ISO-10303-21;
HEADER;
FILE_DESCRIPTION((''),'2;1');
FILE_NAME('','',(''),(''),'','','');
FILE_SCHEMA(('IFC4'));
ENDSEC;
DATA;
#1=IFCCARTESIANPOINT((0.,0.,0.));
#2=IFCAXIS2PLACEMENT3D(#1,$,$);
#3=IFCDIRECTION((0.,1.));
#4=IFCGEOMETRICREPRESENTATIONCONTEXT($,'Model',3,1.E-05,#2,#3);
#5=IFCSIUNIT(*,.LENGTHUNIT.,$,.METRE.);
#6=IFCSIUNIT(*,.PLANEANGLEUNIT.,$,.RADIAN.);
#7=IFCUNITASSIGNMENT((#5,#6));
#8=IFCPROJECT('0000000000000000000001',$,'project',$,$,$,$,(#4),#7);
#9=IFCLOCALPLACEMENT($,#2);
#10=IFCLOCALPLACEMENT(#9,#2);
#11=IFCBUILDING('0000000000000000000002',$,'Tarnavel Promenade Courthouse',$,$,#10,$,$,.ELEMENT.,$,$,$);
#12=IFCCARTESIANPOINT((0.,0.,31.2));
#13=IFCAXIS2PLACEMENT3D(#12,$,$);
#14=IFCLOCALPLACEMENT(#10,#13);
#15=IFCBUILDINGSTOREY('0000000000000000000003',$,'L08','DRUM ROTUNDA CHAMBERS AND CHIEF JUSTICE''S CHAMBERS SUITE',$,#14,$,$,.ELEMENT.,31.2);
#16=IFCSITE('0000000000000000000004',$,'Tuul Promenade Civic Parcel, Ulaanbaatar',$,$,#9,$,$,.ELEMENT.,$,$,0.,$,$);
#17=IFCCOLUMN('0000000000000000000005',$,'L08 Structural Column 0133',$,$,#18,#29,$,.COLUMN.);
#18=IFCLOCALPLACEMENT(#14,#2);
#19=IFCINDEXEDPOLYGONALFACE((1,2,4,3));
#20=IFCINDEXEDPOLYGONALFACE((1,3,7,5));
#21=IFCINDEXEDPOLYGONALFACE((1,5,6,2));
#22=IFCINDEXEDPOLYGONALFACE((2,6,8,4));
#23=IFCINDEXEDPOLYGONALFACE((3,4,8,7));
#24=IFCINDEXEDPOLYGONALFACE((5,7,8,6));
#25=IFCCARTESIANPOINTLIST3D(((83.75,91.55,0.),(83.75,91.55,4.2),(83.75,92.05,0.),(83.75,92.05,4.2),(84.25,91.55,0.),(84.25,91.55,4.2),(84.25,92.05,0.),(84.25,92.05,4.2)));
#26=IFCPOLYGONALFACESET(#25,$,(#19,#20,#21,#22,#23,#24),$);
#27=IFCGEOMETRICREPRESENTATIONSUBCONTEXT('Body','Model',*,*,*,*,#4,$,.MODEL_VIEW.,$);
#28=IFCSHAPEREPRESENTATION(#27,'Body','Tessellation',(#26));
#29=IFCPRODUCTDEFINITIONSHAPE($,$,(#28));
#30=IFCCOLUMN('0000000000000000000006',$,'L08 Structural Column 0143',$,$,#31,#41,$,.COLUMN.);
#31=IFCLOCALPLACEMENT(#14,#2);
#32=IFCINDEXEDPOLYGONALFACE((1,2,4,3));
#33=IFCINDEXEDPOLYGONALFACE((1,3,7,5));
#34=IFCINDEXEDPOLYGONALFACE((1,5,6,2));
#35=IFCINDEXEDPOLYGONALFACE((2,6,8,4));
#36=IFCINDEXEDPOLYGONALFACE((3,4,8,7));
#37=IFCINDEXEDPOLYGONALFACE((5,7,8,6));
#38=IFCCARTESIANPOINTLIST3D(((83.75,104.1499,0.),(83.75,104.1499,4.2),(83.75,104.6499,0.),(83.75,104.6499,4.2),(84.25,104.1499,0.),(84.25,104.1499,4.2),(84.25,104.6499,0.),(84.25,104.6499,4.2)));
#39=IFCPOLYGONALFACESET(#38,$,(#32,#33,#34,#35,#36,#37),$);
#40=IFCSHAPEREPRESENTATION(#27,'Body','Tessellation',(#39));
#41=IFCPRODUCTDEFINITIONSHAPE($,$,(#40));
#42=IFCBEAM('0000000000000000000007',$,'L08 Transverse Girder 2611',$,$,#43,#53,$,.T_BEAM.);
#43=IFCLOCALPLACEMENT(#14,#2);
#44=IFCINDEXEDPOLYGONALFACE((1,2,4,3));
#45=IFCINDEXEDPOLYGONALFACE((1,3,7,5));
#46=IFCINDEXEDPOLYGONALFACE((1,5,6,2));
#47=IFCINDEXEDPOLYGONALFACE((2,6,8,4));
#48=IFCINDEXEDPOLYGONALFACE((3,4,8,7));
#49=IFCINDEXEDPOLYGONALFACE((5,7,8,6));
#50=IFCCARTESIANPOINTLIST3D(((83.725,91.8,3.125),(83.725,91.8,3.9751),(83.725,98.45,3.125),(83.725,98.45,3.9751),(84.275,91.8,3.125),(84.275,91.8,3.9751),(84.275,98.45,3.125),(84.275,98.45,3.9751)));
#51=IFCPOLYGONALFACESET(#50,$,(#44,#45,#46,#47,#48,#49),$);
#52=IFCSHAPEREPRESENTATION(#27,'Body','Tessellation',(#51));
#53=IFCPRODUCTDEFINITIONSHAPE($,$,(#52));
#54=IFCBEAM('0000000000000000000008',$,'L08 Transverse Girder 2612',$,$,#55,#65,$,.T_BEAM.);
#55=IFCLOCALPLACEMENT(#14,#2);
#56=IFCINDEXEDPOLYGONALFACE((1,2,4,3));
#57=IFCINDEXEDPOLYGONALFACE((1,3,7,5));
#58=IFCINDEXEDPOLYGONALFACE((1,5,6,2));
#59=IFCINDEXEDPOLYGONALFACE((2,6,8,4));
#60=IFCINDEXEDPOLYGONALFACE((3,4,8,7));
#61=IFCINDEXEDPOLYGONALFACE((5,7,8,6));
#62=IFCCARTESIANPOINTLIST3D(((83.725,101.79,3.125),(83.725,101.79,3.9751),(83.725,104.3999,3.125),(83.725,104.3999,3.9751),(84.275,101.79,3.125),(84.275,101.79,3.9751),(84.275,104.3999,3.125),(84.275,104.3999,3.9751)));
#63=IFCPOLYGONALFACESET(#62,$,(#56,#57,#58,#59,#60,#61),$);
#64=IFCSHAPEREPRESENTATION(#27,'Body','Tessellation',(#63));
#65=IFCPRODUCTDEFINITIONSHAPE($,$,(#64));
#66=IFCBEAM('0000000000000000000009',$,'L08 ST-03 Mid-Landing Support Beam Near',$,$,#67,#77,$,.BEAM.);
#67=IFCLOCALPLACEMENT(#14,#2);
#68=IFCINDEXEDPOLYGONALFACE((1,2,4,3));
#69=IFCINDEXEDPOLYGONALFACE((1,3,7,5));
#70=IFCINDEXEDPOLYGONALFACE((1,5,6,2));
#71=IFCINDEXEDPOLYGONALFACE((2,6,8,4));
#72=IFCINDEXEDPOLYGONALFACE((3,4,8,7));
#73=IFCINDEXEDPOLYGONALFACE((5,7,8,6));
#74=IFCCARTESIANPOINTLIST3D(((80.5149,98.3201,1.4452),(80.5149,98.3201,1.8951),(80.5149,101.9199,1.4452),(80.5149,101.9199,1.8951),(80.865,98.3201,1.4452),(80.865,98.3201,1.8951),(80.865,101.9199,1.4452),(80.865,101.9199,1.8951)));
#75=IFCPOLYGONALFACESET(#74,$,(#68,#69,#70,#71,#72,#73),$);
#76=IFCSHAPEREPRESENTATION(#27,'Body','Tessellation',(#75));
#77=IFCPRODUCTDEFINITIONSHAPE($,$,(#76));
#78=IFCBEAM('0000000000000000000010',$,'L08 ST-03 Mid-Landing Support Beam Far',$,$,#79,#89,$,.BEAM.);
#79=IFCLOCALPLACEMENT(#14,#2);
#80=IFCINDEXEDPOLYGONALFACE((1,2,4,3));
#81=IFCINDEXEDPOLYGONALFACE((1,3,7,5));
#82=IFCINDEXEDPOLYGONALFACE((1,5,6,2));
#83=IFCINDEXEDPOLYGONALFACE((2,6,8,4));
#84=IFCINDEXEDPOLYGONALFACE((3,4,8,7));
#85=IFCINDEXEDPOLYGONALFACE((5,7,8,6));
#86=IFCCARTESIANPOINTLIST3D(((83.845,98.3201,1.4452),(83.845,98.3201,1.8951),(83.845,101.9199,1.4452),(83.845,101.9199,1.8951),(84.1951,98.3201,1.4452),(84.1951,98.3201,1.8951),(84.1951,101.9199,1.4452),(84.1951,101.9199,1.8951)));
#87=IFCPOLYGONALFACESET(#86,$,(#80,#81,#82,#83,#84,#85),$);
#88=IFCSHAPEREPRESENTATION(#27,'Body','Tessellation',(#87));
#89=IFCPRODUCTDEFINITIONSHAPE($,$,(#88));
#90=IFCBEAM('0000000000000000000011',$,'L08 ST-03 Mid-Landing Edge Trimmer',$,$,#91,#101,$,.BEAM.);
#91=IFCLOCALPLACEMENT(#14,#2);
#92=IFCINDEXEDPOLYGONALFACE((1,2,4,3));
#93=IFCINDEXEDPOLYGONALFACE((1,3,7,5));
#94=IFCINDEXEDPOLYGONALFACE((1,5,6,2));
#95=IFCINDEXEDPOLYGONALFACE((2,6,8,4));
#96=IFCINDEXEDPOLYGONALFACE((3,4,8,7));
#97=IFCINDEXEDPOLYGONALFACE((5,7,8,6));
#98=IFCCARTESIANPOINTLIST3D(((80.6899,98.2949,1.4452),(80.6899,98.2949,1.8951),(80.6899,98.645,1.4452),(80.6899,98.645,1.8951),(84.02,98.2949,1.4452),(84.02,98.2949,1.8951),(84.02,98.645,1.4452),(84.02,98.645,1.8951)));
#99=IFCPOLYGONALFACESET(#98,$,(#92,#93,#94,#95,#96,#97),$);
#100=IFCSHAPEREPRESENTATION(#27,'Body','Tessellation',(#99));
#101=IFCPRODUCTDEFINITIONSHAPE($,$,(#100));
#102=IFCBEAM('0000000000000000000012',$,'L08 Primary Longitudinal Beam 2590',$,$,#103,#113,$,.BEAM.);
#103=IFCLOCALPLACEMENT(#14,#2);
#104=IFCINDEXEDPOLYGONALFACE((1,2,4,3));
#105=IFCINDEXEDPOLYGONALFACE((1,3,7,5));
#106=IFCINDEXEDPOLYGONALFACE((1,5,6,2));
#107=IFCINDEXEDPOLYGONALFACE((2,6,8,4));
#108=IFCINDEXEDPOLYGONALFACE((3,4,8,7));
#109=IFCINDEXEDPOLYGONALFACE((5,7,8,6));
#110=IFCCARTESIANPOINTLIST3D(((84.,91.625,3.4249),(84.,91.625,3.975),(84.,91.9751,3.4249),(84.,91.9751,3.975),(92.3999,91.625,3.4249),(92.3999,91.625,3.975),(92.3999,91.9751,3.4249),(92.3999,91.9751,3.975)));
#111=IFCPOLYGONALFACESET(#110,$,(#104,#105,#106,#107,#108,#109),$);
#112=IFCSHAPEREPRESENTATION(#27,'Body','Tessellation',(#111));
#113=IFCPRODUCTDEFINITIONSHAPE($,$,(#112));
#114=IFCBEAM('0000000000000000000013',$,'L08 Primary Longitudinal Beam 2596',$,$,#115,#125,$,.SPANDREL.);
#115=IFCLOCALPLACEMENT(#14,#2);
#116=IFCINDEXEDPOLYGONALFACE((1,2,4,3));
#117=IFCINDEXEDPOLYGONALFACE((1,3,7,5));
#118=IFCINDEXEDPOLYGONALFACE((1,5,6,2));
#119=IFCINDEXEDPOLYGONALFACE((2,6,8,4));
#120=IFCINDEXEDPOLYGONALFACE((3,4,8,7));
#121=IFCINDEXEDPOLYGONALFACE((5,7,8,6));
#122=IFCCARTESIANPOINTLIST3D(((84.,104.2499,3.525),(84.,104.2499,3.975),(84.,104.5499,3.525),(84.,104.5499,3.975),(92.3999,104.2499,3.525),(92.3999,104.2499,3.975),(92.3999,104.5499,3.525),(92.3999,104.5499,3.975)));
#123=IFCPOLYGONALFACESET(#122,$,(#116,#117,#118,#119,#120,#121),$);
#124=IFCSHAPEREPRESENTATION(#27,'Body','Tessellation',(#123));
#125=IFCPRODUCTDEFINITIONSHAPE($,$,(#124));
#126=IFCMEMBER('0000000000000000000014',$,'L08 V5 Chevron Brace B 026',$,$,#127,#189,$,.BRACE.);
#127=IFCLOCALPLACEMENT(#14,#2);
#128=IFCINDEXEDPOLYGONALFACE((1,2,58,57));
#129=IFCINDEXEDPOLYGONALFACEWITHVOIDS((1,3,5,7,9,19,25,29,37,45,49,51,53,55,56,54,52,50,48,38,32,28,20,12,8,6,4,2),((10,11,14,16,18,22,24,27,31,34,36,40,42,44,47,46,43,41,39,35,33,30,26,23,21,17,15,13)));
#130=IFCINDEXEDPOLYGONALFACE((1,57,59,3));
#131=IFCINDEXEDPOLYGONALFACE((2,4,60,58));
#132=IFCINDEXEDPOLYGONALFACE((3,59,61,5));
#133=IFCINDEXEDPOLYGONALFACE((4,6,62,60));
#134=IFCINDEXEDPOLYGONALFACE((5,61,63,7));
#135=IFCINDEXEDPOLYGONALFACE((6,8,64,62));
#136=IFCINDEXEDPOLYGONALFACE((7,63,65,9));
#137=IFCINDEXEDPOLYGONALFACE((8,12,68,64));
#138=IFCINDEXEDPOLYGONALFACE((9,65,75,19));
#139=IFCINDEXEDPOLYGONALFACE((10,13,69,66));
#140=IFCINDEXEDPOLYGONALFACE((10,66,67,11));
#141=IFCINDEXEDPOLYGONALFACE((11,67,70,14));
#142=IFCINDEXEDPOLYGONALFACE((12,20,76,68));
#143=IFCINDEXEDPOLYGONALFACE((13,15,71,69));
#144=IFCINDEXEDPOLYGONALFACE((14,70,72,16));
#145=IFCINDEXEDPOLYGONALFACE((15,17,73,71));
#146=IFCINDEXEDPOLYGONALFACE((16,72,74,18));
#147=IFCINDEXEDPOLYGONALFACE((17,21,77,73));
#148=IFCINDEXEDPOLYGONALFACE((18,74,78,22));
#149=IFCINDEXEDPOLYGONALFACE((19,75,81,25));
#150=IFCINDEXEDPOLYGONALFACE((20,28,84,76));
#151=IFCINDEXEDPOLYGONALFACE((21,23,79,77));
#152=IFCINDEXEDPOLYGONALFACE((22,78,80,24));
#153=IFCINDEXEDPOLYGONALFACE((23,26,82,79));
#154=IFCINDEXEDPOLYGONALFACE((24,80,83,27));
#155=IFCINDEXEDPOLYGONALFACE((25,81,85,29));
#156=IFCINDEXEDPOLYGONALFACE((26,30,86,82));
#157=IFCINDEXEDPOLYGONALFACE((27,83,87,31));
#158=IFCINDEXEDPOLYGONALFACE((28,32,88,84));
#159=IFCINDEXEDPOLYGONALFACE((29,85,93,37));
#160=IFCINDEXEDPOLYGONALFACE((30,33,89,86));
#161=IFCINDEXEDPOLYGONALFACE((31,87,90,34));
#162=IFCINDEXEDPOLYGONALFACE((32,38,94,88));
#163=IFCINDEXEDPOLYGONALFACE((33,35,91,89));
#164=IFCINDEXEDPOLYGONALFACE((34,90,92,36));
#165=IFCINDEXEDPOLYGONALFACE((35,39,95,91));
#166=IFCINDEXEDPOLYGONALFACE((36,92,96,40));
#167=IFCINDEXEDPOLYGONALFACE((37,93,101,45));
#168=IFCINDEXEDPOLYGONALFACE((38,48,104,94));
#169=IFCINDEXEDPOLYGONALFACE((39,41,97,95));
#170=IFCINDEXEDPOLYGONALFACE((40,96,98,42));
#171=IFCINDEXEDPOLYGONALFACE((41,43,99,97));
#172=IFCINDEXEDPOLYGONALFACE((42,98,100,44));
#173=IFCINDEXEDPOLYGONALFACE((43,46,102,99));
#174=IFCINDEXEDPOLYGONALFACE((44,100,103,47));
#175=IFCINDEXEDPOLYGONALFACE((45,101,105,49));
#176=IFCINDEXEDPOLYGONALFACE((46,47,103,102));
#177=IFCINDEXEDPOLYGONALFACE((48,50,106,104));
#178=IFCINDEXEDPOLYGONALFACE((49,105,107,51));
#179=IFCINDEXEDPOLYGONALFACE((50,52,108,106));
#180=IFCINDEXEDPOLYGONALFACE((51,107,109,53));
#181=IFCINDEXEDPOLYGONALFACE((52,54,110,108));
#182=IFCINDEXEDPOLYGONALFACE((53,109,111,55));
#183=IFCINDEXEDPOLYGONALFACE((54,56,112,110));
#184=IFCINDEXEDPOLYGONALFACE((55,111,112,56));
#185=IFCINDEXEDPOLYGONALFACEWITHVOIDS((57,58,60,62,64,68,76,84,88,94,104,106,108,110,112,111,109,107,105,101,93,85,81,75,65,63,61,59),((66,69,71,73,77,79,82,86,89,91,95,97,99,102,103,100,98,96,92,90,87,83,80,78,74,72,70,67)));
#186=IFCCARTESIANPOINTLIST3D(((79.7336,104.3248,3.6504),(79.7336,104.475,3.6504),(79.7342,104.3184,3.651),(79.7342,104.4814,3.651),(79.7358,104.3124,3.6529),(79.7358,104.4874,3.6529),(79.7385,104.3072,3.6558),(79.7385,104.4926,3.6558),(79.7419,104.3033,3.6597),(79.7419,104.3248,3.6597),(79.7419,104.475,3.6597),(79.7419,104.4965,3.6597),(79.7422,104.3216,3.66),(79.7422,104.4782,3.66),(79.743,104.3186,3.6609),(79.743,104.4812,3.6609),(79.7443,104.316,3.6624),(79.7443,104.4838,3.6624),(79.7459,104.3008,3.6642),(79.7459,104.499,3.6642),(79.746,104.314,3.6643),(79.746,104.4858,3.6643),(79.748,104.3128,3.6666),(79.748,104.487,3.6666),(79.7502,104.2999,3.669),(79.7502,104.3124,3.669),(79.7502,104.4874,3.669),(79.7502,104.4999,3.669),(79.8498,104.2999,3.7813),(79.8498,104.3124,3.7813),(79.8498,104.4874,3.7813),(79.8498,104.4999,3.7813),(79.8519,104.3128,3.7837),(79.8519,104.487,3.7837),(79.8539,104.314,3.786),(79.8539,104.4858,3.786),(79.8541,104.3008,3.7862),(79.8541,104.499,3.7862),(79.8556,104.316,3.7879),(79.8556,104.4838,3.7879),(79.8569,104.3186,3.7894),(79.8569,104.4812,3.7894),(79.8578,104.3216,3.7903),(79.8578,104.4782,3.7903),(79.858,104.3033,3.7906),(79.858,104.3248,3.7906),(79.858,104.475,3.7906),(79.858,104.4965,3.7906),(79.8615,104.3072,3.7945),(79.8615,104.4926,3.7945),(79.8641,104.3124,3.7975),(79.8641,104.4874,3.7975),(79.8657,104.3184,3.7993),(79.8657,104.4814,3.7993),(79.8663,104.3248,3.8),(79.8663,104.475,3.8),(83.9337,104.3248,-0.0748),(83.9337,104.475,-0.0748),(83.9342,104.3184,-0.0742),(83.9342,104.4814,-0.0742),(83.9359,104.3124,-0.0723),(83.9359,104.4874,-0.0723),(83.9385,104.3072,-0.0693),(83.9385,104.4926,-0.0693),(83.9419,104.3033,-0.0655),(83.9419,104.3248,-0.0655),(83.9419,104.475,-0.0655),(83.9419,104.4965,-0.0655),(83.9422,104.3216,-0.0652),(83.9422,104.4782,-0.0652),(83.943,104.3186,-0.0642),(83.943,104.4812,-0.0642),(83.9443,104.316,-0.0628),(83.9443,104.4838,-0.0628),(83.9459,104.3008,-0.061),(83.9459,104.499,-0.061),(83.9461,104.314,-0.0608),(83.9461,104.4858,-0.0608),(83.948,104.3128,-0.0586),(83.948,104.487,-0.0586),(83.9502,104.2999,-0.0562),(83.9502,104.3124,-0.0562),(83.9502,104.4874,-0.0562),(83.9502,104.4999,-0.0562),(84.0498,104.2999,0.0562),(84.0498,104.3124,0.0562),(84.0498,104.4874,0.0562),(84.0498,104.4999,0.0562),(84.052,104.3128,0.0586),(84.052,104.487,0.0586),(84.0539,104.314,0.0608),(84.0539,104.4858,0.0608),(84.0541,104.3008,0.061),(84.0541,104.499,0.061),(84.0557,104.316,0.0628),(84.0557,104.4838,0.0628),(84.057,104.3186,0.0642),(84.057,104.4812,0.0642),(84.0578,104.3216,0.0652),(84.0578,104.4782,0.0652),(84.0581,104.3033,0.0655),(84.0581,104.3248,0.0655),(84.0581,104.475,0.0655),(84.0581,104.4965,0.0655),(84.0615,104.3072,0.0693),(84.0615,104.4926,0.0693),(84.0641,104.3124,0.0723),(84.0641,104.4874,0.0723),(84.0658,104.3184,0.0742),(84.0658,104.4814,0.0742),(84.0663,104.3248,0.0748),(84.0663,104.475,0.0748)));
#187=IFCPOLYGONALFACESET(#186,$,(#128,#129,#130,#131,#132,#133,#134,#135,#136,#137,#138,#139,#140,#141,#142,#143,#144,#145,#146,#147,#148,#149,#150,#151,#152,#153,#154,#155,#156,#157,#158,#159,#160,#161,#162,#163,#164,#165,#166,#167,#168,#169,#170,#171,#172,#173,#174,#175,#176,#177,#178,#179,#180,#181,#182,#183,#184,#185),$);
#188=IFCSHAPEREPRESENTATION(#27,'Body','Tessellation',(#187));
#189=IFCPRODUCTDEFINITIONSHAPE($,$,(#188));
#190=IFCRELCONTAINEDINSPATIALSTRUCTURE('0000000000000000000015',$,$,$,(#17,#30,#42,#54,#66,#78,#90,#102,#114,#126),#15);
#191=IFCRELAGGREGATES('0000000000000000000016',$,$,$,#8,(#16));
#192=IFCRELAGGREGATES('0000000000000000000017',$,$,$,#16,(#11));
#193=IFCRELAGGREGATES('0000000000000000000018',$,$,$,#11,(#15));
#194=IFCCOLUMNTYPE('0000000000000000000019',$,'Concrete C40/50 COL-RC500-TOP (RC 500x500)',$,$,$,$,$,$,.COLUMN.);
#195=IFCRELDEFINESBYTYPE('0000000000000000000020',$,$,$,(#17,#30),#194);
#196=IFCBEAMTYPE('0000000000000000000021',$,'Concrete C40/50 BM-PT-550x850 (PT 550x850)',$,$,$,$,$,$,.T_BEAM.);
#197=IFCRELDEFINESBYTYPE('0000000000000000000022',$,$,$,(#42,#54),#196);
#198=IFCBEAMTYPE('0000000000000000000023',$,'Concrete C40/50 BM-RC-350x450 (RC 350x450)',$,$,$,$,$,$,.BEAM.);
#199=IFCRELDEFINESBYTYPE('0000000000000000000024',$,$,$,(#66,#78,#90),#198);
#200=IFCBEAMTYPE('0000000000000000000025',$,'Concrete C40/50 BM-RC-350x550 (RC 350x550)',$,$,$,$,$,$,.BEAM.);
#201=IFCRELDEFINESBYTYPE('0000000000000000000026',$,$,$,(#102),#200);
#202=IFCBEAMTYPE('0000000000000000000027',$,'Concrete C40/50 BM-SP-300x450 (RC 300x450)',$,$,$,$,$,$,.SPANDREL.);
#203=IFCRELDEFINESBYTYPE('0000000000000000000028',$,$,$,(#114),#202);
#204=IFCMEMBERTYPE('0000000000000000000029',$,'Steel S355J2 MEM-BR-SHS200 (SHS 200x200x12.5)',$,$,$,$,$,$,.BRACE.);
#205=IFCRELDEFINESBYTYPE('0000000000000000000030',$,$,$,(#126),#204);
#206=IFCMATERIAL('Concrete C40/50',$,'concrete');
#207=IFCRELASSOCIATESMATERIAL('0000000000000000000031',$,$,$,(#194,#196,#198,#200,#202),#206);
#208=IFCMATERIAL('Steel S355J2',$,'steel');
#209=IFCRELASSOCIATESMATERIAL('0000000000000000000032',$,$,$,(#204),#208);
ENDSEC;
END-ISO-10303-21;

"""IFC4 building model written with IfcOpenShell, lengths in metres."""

from ifc_helpers import new_model, si_unit, direction, frame, origin, origin_2d, place, context, subcontext, project, spatial, rectangle, hollow_rectangle, extrude, material, material_profile, profile_set, type_object, element, save


model = new_model("IFC4")

# Units and contexts
model_context = context("Model", 3, precision=1e-05, world=origin(), true_north=direction((0.0, 1.0)))
body_context = subcontext(model_context, "Body", "Model", "MODEL_VIEW")
ifc_project = project(units=[si_unit("LENGTHUNIT", "METRE"), si_unit("PLANEANGLEUNIT", "RADIAN")], contexts=[model_context])

# Site, building, storey
site_placement = place(None, origin())
site = spatial("IfcSite", under=ifc_project, at=site_placement, Name="Tuul Promenade Civic Parcel, Ulaanbaatar", CompositionType="ELEMENT", RefElevation=0.0)
building_placement = place(site_placement, origin())
building = spatial("IfcBuilding", under=site, at=building_placement, Name="Tarnavel Promenade Courthouse", CompositionType="ELEMENT")
storey_placement = place(building_placement, frame((0.0, 0.0, 31.2)))
storey = spatial("IfcBuildingStorey", under=building, at=storey_placement, Name="L08", Description="DRUM ROTUNDA CHAMBERS AND CHIEF JUSTICE'S CHAMBERS SUITE", CompositionType="ELEMENT", Elevation=31.2)

# Columns
ifc_material_1 = material(Name="Concrete C40/50", Category="concrete")
ifc_material_profile_1 = material_profile(ifc_material_1, rectangle(XDim=0.5, YDim=0.5, at=origin_2d()), Name="RC 500x500")
ifc_profile_set_1 = profile_set([ifc_material_profile_1], Name="Concrete C40/50")
column_type = type_object("IfcColumnType", Name="Concrete C40/50 COL-RC500-TOP (RC 500x500)", PredefinedType="COLUMN", material=ifc_profile_set_1)
for number, where, z_axis, x_axis, name in (
    (1, (84.0, 91.8, 0.0), (0.0, 0.0, 1.0), (1.0, 0.0, 0.0), "L08 Structural Column 0133"),
    (2, (84.0, 104.3999, 0.0), (0.0, 0.0, 1.0), (1.0, 0.0, 0.0), "L08 Structural Column 0143"),
):
    element("IfcColumn", number, at=place(storey_placement, frame(where, z_axis=z_axis, x_axis=x_axis)), inside=storey, type_object=column_type, Name=name, PredefinedType="COLUMN", context=body_context, shape_type="SweptSolid", body=[
        extrude(rectangle(XDim=0.5, YDim=0.5, at=origin_2d()), origin(), (0.0, 0.0, 1.0), 4.2),
    ])

# Beams
ifc_material_profile_2 = material_profile(ifc_material_1, rectangle(XDim=0.55, YDim=0.8501, at=origin_2d()), Name="PT 550x850")
ifc_profile_set_2 = profile_set([ifc_material_profile_2], Name="Concrete C40/50")
beam_type_1 = type_object("IfcBeamType", Name="Concrete C40/50 BM-PT-550x850 (PT 550x850)", PredefinedType="T_BEAM", material=ifc_profile_set_2)
beam_1_placement = place(storey_placement, frame((84.0, 91.8, 3.55), z_axis=(0.0, 1.0, 0.0), x_axis=(-1.0, 0.0, 0.0)))
element("IfcBeam", 3, at=beam_1_placement, inside=storey, type_object=beam_type_1, Name="L08 Transverse Girder 2611", PredefinedType="T_BEAM", context=body_context, shape_type="SweptSolid", body=[
    extrude(rectangle(XDim=0.55, YDim=0.8501, at=origin_2d()), origin(), (0.0, 0.0, 1.0), 6.6499),
])
beam_2_placement = place(storey_placement, frame((84.0, 101.79, 3.55), z_axis=(0.0, 1.0, 0.0), x_axis=(-1.0, 0.0, 0.0)))
element("IfcBeam", 4, at=beam_2_placement, inside=storey, type_object=beam_type_1, Name="L08 Transverse Girder 2612", PredefinedType="T_BEAM", context=body_context, shape_type="SweptSolid", body=[
    extrude(rectangle(XDim=0.55, YDim=0.8501, at=origin_2d()), origin(), (0.0, 0.0, 1.0), 2.6099),
])
ifc_material_profile_3 = material_profile(ifc_material_1, rectangle(XDim=0.3501, YDim=0.45, at=origin_2d()), Name="RC 350x450")
ifc_profile_set_3 = profile_set([ifc_material_profile_3], Name="Concrete C40/50")
beam_type_2 = type_object("IfcBeamType", Name="Concrete C40/50 BM-RC-350x450 (RC 350x450)", PredefinedType="BEAM", material=ifc_profile_set_3)
for number, where, z_axis, x_axis, name in (
    (5, (80.6899, 98.3201, 1.6702), (0.0, 1.0, 0.0), (-1.0, 0.0, 0.0), "L08 ST-03 Mid-Landing Support Beam Near"),
    (6, (84.02, 98.3201, 1.6702), (0.0, 1.0, 0.0), (-1.0, 0.0, 0.0), "L08 ST-03 Mid-Landing Support Beam Far"),
):
    element("IfcBeam", number, at=place(storey_placement, frame(where, z_axis=z_axis, x_axis=x_axis)), inside=storey, type_object=beam_type_2, Name=name, PredefinedType="BEAM", context=body_context, shape_type="SweptSolid", body=[
        extrude(rectangle(XDim=0.3501, YDim=0.45, at=origin_2d()), origin(), (0.0, 0.0, 1.0), 3.5999),
    ])
beam_3_placement = place(storey_placement, frame((80.6899, 98.47, 1.6702), z_axis=(1.0, 0.0, 0.0), x_axis=(0.0, 1.0, 0.0)))
element("IfcBeam", 7, at=beam_3_placement, inside=storey, type_object=beam_type_2, Name="L08 ST-03 Mid-Landing Edge Trimmer", PredefinedType="BEAM", context=body_context, shape_type="SweptSolid", body=[
    extrude(rectangle(XDim=0.3501, YDim=0.45, at=origin_2d()), origin(), (0.0, 0.0, 1.0), 3.3301),
])
ifc_material_profile_4 = material_profile(ifc_material_1, rectangle(XDim=0.3501, YDim=0.55, at=origin_2d()), Name="RC 350x550")
ifc_profile_set_4 = profile_set([ifc_material_profile_4], Name="Concrete C40/50")
beam_type_3 = type_object("IfcBeamType", Name="Concrete C40/50 BM-RC-350x550 (RC 350x550)", PredefinedType="BEAM", material=ifc_profile_set_4)
beam_4_placement = place(storey_placement, frame((84.0, 91.8, 3.7), z_axis=(1.0, 0.0, 0.0), x_axis=(0.0, 1.0, 0.0)))
element("IfcBeam", 8, at=beam_4_placement, inside=storey, type_object=beam_type_3, Name="L08 Primary Longitudinal Beam 2590", PredefinedType="BEAM", context=body_context, shape_type="SweptSolid", body=[
    extrude(rectangle(XDim=0.3501, YDim=0.55, at=origin_2d()), origin(), (0.0, 0.0, 1.0), 8.3999),
])
ifc_material_profile_5 = material_profile(ifc_material_1, rectangle(XDim=0.3, YDim=0.45, at=origin_2d()), Name="RC 300x450")
ifc_profile_set_5 = profile_set([ifc_material_profile_5], Name="Concrete C40/50")
beam_type_4 = type_object("IfcBeamType", Name="Concrete C40/50 BM-SP-300x450 (RC 300x450)", PredefinedType="SPANDREL", material=ifc_profile_set_5)
beam_5_placement = place(storey_placement, frame((84.0, 104.3999, 3.75), z_axis=(1.0, 0.0, 0.0), x_axis=(0.0, 1.0, 0.0)))
element("IfcBeam", 9, at=beam_5_placement, inside=storey, type_object=beam_type_4, Name="L08 Primary Longitudinal Beam 2596", PredefinedType="SPANDREL", context=body_context, shape_type="SweptSolid", body=[
    extrude(rectangle(XDim=0.3, YDim=0.45, at=origin_2d()), origin(), (0.0, 0.0, 1.0), 8.3999),
])

# Member
ifc_material_2 = material(Name="Steel S355J2", Category="steel")
ifc_material_profile_6 = material_profile(ifc_material_2, hollow_rectangle(XDim=0.2, YDim=0.2, WallThickness=0.0125, InnerFilletRadius=0.0125, OuterFilletRadius=0.0249, at=origin_2d()), Name="SHS 200x200x12.5")
ifc_profile_set_6 = profile_set([ifc_material_profile_6], Name="Steel S355J2")
member_type = type_object("IfcMemberType", Name="Steel S355J2 MEM-BR-SHS200 (SHS 200x200x12.5)", PredefinedType="BRACE", material=ifc_profile_set_6)
member_placement = place(storey_placement, frame((84.0, 104.3999, 0.0), z_axis=(-0.748133, 0.0, 0.663548), x_axis=(0.0, -1.0, 0.0)))
element("IfcMember", 10, at=member_placement, inside=storey, type_object=member_type, Name="L08 V5 Chevron Brace B 026", PredefinedType="BRACE", context=body_context, shape_type="SweptSolid", body=[
    extrude(hollow_rectangle(XDim=0.2, YDim=0.2, WallThickness=0.0125, InnerFilletRadius=0.0125, OuterFilletRadius=0.0249, at=origin_2d()), origin(), (0.0, 0.0, 1.0), 5.614),
])

save(model, "model.ifc")
